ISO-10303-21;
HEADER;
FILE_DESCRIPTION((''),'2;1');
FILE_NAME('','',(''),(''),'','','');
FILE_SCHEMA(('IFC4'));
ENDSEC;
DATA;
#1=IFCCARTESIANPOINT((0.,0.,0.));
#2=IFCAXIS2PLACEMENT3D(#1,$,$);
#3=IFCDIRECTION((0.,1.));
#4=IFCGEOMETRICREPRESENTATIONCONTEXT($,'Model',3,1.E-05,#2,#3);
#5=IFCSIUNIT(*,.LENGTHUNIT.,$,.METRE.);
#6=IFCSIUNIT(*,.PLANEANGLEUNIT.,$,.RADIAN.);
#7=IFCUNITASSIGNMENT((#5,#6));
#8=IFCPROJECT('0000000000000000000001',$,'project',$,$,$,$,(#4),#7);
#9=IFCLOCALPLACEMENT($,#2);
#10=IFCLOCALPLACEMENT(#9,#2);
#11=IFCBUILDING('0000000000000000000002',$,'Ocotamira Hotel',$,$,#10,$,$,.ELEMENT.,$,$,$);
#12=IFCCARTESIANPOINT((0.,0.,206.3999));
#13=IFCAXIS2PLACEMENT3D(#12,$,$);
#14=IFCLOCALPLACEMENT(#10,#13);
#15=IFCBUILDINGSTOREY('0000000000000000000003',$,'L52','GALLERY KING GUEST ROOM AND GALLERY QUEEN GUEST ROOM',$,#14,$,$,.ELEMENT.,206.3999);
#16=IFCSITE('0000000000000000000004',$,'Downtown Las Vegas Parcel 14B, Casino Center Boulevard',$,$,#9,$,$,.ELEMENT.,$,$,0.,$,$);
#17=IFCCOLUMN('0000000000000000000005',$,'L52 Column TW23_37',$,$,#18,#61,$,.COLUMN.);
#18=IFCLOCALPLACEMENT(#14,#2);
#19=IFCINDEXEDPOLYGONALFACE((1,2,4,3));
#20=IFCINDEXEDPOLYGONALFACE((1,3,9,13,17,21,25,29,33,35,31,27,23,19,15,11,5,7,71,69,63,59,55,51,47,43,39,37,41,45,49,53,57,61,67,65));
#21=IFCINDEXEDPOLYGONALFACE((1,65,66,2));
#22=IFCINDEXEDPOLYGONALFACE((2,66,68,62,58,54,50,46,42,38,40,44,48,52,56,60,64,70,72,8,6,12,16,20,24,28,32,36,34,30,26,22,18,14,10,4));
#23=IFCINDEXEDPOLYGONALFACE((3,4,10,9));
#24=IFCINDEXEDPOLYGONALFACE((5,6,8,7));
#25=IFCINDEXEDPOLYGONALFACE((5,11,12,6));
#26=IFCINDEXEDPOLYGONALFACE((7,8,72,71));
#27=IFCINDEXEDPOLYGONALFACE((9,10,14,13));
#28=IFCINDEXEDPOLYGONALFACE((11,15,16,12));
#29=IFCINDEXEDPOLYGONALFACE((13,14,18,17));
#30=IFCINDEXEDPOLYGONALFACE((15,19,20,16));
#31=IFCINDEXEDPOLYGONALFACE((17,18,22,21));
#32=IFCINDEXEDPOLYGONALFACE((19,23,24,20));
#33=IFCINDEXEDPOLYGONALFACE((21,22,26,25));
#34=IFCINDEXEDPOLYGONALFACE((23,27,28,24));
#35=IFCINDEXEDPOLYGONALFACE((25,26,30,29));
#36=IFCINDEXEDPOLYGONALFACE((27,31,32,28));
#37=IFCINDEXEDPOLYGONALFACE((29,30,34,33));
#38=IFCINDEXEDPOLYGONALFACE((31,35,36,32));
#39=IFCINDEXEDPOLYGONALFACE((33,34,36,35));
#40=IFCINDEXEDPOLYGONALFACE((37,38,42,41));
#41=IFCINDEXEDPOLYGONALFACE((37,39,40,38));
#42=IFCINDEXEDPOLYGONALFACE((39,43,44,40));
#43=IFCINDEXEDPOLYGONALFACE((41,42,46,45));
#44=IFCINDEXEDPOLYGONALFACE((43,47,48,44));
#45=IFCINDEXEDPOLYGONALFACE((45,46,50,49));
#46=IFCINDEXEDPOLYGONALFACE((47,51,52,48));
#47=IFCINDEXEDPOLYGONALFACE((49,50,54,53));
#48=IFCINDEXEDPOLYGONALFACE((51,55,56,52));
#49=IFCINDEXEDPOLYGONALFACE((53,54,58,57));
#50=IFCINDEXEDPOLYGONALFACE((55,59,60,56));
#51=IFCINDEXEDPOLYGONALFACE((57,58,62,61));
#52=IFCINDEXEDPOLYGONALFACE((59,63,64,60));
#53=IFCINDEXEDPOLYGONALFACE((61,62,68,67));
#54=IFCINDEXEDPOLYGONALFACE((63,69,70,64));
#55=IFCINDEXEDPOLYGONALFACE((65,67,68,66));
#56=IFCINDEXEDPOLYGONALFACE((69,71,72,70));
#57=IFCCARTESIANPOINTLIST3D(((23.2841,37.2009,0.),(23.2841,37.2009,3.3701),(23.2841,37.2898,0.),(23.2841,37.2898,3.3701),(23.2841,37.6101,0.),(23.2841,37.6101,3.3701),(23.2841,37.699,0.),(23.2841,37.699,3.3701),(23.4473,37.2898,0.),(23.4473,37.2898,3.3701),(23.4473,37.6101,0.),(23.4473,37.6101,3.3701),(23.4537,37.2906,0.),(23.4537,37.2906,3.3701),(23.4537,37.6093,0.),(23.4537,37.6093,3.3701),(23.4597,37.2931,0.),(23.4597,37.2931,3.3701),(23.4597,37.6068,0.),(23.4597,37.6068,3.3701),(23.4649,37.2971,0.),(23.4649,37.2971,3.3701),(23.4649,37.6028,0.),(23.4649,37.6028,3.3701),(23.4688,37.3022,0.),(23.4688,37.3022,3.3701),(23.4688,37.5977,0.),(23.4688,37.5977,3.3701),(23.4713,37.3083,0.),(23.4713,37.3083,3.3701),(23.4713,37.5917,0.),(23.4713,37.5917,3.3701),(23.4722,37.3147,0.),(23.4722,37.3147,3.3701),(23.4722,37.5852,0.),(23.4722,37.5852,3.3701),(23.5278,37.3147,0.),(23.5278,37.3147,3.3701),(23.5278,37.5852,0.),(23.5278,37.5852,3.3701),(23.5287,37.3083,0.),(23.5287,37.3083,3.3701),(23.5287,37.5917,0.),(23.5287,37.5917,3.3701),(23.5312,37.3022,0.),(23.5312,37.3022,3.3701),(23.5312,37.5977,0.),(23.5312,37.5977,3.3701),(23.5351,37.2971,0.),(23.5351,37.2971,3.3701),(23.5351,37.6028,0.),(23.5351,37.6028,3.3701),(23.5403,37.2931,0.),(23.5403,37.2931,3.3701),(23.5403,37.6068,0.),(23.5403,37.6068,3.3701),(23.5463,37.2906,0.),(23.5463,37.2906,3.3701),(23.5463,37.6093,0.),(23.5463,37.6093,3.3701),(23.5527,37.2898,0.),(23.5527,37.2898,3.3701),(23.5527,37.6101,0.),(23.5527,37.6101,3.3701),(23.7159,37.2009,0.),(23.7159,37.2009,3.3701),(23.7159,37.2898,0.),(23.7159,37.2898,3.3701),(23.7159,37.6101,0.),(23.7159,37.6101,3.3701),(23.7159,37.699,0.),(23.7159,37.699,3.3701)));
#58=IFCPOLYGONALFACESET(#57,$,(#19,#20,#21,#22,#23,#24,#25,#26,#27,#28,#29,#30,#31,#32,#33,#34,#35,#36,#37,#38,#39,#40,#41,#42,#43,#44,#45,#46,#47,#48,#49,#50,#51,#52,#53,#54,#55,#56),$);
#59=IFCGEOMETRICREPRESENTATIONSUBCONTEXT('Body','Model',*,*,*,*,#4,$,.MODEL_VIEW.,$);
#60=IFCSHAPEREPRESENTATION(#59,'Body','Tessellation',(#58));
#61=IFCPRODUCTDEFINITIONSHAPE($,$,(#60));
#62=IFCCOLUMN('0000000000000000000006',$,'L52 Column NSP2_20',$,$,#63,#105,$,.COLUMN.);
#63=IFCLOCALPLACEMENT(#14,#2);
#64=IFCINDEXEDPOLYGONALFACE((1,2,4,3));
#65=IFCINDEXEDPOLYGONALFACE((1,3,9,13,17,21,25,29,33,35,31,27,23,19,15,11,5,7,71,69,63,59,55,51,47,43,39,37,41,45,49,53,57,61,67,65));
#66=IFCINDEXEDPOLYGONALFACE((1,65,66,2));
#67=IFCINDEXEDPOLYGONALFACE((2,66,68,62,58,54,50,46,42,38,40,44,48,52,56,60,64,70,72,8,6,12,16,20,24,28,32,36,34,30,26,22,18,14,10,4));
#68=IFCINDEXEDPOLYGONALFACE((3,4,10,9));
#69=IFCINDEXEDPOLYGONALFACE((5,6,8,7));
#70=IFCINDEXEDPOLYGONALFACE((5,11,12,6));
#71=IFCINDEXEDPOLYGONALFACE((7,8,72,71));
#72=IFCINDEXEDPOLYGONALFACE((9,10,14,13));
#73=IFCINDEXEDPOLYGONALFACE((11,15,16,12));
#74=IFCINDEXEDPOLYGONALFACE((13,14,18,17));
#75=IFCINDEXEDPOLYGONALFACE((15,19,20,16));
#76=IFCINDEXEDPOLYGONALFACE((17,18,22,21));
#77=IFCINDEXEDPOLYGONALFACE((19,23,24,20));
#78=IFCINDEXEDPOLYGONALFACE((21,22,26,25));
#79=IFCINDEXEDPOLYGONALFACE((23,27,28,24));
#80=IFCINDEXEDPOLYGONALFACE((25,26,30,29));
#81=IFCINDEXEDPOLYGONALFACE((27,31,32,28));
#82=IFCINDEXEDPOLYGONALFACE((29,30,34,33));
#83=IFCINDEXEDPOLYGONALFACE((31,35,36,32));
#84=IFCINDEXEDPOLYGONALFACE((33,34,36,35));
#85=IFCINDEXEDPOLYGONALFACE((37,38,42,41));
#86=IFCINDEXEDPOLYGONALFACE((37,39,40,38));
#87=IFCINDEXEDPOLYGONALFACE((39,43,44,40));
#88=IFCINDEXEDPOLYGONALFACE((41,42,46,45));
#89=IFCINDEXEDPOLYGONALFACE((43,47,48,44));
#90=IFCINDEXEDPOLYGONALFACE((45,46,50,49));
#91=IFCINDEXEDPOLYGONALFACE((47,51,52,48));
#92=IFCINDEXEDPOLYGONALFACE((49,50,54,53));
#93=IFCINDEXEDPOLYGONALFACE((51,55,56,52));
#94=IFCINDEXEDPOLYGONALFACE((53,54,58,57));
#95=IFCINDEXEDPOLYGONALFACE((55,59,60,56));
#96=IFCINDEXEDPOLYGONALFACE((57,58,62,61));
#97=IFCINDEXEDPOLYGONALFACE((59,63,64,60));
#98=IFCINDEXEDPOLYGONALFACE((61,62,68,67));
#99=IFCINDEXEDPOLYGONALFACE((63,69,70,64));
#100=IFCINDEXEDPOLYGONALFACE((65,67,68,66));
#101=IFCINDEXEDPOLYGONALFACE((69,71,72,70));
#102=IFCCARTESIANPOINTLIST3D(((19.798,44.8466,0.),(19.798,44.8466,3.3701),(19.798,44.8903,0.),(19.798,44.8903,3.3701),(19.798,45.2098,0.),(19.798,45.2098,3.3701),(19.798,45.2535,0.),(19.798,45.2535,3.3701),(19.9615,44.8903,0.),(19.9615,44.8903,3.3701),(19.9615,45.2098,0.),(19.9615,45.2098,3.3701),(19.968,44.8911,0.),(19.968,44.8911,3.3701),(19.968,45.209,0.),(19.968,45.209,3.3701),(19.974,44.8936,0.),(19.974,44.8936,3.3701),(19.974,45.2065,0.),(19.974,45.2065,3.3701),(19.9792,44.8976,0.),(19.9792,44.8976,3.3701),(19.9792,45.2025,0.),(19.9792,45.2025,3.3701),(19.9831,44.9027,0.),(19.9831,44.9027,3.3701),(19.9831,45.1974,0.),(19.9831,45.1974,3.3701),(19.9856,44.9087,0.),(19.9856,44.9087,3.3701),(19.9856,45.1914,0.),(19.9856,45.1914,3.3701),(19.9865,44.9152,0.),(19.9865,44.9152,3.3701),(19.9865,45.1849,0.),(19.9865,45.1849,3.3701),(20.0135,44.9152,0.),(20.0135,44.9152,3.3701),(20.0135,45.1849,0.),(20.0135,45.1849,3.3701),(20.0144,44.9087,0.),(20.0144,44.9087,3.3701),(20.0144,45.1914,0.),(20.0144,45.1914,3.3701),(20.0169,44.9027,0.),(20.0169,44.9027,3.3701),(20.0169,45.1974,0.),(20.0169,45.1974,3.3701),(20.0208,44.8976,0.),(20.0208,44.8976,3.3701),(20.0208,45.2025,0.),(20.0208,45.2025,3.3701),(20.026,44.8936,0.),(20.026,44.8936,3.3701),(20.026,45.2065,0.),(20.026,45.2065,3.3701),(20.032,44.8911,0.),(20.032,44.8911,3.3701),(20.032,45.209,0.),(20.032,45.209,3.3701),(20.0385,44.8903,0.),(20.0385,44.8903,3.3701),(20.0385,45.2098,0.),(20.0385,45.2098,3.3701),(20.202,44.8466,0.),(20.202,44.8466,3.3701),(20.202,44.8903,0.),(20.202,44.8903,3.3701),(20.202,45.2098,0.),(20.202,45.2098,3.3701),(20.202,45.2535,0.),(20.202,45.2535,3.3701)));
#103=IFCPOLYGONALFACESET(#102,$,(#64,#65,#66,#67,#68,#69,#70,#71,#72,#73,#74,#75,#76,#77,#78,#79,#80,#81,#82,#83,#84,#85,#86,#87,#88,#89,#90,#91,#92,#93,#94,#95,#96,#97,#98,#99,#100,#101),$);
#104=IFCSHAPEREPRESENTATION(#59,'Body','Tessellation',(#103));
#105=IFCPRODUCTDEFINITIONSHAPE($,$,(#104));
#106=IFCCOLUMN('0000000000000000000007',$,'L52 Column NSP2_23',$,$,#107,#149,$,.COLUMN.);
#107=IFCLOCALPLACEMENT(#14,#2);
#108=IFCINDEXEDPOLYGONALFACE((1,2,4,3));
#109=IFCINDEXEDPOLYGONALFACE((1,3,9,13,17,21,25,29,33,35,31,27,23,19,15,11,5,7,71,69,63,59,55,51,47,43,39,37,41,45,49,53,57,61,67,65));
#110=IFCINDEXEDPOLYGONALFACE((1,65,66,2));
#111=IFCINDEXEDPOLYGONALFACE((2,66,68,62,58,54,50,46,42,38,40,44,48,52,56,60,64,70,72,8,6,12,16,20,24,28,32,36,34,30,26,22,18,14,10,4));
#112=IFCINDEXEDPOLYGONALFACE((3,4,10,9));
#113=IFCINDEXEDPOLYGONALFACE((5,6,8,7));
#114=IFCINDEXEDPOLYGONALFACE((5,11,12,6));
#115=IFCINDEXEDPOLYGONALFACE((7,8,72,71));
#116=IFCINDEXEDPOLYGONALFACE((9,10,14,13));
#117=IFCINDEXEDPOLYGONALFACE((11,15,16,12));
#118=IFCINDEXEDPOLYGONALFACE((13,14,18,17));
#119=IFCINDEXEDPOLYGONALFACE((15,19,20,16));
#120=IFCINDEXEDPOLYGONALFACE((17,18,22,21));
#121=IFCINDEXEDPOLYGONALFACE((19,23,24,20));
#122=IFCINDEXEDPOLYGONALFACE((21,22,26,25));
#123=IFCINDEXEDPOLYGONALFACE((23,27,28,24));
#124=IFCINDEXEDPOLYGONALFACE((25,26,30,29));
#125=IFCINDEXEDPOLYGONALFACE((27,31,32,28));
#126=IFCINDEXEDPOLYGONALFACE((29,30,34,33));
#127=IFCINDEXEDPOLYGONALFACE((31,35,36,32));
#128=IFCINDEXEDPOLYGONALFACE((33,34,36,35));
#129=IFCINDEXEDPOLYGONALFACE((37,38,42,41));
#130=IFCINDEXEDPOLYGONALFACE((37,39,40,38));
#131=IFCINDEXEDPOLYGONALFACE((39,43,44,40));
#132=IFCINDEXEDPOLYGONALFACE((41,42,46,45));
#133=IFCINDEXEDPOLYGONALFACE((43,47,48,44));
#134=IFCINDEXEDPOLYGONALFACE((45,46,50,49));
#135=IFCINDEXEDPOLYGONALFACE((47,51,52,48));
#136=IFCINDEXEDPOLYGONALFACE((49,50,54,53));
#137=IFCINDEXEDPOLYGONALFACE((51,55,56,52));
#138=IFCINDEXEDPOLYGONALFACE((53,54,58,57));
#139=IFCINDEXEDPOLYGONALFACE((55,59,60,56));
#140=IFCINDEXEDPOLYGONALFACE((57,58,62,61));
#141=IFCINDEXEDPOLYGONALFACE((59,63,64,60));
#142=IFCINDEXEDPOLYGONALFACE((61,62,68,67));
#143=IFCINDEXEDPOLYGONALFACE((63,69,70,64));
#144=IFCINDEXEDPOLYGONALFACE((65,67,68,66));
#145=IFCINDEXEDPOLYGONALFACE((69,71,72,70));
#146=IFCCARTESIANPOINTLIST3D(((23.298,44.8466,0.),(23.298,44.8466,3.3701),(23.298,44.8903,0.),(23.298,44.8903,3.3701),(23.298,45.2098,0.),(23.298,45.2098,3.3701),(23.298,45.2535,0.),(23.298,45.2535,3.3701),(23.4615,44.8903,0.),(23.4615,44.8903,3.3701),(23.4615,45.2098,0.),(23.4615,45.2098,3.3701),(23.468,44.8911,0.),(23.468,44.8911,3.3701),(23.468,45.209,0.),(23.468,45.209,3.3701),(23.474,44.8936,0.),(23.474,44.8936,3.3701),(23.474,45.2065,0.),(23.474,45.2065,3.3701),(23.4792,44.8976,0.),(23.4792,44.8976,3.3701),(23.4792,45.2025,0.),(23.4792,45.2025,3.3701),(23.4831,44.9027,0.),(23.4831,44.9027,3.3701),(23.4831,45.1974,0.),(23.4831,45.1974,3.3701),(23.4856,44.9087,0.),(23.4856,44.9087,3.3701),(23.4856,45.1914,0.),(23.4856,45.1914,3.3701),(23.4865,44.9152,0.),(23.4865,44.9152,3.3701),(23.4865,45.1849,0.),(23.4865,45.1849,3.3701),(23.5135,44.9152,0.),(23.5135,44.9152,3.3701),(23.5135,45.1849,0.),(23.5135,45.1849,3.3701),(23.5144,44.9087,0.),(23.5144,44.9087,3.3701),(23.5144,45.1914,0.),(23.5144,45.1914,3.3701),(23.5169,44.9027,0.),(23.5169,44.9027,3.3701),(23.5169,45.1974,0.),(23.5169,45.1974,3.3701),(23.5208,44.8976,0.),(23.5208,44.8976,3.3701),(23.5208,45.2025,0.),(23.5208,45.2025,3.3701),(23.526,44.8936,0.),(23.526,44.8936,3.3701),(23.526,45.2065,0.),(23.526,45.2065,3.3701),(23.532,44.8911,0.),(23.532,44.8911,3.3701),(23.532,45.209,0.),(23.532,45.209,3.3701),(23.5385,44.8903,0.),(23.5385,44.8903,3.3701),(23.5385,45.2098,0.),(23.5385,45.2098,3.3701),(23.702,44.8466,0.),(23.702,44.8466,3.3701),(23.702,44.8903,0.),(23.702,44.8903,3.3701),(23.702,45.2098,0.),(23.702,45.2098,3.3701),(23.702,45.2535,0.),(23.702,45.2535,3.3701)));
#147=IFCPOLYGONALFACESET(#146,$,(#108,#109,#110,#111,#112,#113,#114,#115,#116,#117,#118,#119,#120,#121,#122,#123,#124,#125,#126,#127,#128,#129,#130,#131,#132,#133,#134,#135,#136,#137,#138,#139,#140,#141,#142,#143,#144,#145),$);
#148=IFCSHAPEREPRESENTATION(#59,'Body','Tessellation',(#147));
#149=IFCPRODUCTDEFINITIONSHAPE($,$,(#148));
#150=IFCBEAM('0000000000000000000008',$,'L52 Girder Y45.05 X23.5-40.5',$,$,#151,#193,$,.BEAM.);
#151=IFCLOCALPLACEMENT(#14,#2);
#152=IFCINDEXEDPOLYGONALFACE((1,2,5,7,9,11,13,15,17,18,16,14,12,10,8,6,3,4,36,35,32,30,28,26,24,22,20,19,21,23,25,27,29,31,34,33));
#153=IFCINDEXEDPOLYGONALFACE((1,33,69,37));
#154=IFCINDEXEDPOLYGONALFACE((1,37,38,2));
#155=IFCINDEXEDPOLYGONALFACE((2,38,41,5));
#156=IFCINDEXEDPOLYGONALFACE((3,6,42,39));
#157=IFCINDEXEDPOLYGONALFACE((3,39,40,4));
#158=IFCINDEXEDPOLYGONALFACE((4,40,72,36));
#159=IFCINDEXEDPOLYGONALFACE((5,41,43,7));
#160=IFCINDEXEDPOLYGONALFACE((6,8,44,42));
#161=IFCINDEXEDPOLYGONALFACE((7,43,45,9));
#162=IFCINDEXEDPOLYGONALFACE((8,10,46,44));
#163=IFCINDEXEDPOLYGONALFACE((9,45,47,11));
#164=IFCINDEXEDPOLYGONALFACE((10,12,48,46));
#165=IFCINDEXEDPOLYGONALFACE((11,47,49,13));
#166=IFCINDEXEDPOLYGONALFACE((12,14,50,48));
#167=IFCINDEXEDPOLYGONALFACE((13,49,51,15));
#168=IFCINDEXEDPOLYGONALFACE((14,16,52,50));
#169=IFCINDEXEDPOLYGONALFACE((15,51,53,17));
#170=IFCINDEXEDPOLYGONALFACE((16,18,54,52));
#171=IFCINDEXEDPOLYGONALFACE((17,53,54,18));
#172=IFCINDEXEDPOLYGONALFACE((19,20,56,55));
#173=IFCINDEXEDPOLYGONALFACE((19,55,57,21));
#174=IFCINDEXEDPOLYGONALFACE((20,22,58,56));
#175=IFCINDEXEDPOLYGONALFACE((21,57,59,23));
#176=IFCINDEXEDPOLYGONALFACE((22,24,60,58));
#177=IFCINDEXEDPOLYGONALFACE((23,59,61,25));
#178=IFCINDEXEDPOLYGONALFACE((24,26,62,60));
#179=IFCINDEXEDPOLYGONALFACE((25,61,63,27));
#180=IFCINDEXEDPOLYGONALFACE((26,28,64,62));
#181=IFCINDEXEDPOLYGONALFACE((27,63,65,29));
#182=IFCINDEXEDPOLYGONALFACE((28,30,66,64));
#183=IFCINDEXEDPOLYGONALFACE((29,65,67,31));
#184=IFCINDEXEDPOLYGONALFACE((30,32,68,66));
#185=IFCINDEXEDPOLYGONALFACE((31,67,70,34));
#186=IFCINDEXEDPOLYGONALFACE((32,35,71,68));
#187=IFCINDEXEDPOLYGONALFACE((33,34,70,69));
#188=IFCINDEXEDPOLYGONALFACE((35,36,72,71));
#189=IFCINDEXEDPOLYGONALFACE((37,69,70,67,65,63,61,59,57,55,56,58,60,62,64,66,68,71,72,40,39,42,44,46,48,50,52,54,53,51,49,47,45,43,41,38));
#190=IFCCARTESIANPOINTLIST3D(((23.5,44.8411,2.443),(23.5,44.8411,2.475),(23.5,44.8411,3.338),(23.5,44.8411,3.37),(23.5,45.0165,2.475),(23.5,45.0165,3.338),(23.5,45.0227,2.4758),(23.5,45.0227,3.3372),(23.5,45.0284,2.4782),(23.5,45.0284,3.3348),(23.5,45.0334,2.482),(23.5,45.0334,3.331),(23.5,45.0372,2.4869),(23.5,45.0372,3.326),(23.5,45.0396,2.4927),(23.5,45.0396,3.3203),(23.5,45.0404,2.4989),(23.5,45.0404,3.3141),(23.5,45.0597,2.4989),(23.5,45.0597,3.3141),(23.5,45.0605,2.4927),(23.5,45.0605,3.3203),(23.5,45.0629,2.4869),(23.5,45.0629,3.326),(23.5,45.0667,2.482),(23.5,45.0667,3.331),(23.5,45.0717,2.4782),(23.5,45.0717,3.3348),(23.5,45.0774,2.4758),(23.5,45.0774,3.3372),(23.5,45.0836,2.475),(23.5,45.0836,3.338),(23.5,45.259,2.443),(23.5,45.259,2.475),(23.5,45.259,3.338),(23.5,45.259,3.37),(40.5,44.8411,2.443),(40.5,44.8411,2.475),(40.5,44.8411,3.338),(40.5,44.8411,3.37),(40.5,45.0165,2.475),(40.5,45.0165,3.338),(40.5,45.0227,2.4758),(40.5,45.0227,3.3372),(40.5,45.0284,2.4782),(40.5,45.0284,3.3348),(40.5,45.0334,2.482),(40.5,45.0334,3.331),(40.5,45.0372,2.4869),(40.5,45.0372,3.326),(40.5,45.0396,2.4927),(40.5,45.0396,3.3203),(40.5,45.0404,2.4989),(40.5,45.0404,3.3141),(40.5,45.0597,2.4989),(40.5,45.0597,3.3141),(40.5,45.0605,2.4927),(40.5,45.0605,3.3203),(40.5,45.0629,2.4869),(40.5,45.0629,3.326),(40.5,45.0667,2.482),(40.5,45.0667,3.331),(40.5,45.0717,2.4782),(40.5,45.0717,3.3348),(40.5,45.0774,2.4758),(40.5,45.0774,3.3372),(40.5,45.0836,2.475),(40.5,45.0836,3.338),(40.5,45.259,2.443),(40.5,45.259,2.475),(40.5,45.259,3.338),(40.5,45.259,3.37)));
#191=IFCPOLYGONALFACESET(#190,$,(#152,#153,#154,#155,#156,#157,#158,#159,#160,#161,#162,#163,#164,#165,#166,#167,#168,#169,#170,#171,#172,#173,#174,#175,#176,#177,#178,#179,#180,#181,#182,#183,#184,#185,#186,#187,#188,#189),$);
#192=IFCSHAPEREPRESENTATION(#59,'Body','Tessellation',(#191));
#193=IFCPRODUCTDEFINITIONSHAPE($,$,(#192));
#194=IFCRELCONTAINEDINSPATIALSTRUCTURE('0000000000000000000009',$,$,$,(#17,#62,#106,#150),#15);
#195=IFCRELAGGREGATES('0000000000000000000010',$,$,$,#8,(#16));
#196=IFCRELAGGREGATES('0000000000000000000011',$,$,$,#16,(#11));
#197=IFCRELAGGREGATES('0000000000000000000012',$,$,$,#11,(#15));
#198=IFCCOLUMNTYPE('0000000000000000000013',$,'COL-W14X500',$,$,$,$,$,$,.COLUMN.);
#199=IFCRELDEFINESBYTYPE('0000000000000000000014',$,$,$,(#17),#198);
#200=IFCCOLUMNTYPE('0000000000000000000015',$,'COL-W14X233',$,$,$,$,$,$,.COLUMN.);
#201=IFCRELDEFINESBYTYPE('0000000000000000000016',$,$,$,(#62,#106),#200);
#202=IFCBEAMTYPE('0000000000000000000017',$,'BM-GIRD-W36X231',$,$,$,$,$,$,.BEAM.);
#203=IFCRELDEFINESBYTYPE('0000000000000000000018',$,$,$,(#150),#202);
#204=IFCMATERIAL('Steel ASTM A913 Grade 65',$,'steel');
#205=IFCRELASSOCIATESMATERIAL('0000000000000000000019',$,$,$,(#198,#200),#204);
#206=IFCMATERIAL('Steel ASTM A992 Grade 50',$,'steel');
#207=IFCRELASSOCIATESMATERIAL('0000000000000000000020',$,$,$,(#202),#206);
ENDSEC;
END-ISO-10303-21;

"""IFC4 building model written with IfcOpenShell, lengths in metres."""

from ifc_helpers import new_model, si_unit, direction, frame, origin, origin_2d, place, context, subcontext, project, spatial, i_section, extrude, source, transform, mapped, material, material_profile, profile_set, type_object, element, save


model = new_model("IFC4")

# Units and contexts
model_context = context("Model", 3, precision=1e-05, world=origin(), true_north=direction((0.0, 1.0)))
body_context = subcontext(model_context, "Body", "Model", "MODEL_VIEW")
ifc_project = project(units=[si_unit("LENGTHUNIT", "METRE"), si_unit("PLANEANGLEUNIT", "RADIAN")], contexts=[model_context])

# Site, building, storey
site_placement = place(None, origin())
site = spatial("IfcSite", under=ifc_project, at=site_placement, Name="Downtown Las Vegas Parcel 14B, Casino Center Boulevard", CompositionType="ELEMENT", RefElevation=0.0)
building_placement = place(site_placement, origin())
building = spatial("IfcBuilding", under=site, at=building_placement, Name="Ocotamira Hotel", CompositionType="ELEMENT")
storey_placement = place(building_placement, frame((0.0, 0.0, 206.3999)))
storey = spatial("IfcBuildingStorey", under=building, at=storey_placement, Name="L52", Description="GALLERY KING GUEST ROOM AND GALLERY QUEEN GUEST ROOM", CompositionType="ELEMENT", Elevation=206.3999)

# Columns
ifc_material_1 = material(Name="Steel ASTM A913 Grade 65", Category="steel")
ifc_material_profile_1 = material_profile(ifc_material_1, i_section(OverallWidth=0.4319, OverallDepth=0.498, WebThickness=0.0557, FlangeThickness=0.0889, FilletRadius=0.0249, at=origin_2d()), Name="W14X500")
ifc_profile_set_1 = profile_set([ifc_material_profile_1], Name="Steel ASTM A913 Grade 65")
column_type_1 = type_object("IfcColumnType", Name="COL-W14X500", PredefinedType="COLUMN", material=ifc_profile_set_1)
shared_shape_1 = source(origin(), body_context, "Body", "SweptSolid", [
    extrude(i_section(OverallWidth=0.4319, OverallDepth=0.498, WebThickness=0.0557, FlangeThickness=0.0889, FilletRadius=0.0249, at=origin_2d()), origin(), (0.0, 0.0, 1.0), 3.3701),
])
column_placement = place(storey_placement, frame((23.5, 37.45, 0.0), z_axis=(0.0, 0.0, 1.0), x_axis=(1.0, 0.0, 0.0)))
element("IfcColumn", 1, at=column_placement, inside=storey, type_object=column_type_1, Name="L52 Column TW23_37", PredefinedType="COLUMN", context=body_context, shape_type="MappedRepresentation", body=[
    mapped(shared_shape_1, transform((0.0, 0.0, 0.0), scale=1.0)),
])
ifc_material_profile_2 = material_profile(ifc_material_1, i_section(OverallWidth=0.4041, OverallDepth=0.407, WebThickness=0.0271, FlangeThickness=0.0437, FilletRadius=0.0249, at=origin_2d()), Name="W14X233")
ifc_profile_set_2 = profile_set([ifc_material_profile_2], Name="Steel ASTM A913 Grade 65")
column_type_2 = type_object("IfcColumnType", Name="COL-W14X233", PredefinedType="COLUMN", material=ifc_profile_set_2)
shared_shape_2 = source(origin(), body_context, "Body", "SweptSolid", [
    extrude(i_section(OverallWidth=0.4041, OverallDepth=0.407, WebThickness=0.0271, FlangeThickness=0.0437, FilletRadius=0.0249, at=origin_2d()), origin(), (0.0, 0.0, 1.0), 3.3701),
])
for number, where, z_axis, x_axis, name in (
    (2, (20.0, 45.05, 0.0), (0.0, 0.0, 1.0), (1.0, 0.0, 0.0), "L52 Column NSP2_20"),
    (3, (23.5, 45.05, 0.0), (0.0, 0.0, 1.0), (1.0, 0.0, 0.0), "L52 Column NSP2_23"),
):
    element("IfcColumn", number, at=place(storey_placement, frame(where, z_axis=z_axis, x_axis=x_axis)), inside=storey, type_object=column_type_2, Name=name, PredefinedType="COLUMN", context=body_context, shape_type="MappedRepresentation", body=[
        mapped(shared_shape_2, transform((0.0, 0.0, 0.0), scale=1.0)),
    ])

# Beam
ifc_material_2 = material(Name="Steel ASTM A992 Grade 50", Category="steel")
ifc_material_profile_3 = material_profile(ifc_material_2, i_section(OverallWidth=0.418, OverallDepth=0.927, WebThickness=0.0193, FlangeThickness=0.032, FilletRadius=0.0239, at=origin_2d()), Name="W36X231")
ifc_profile_set_3 = profile_set([ifc_material_profile_3], Name="Steel ASTM A992 Grade 50")
beam_type_1 = type_object("IfcBeamType", Name="BM-GIRD-W36X231", PredefinedType="BEAM", material=ifc_profile_set_3)
shared_shape_3 = source(origin(), body_context, "Body", "SweptSolid", [
    extrude(i_section(OverallWidth=0.418, OverallDepth=0.927, WebThickness=0.0193, FlangeThickness=0.032, FilletRadius=0.0239, at=origin_2d()), origin(), (0.0, 0.0, 1.0), 17.0),
])
beam_1_placement = place(storey_placement, frame((23.5, 45.05, 2.9065), z_axis=(1.0, 0.0, 0.0), x_axis=(0.0, 1.0, 0.0)))
element("IfcBeam", 4, at=beam_1_placement, inside=storey, type_object=beam_type_1, Name="L52 Girder Y45.05 X23.5-40.5", PredefinedType="BEAM", context=body_context, shape_type="MappedRepresentation", body=[
    mapped(shared_shape_3, transform((0.0, 0.0, 0.0), scale=1.0)),
])

save(model, "model.ifc")
